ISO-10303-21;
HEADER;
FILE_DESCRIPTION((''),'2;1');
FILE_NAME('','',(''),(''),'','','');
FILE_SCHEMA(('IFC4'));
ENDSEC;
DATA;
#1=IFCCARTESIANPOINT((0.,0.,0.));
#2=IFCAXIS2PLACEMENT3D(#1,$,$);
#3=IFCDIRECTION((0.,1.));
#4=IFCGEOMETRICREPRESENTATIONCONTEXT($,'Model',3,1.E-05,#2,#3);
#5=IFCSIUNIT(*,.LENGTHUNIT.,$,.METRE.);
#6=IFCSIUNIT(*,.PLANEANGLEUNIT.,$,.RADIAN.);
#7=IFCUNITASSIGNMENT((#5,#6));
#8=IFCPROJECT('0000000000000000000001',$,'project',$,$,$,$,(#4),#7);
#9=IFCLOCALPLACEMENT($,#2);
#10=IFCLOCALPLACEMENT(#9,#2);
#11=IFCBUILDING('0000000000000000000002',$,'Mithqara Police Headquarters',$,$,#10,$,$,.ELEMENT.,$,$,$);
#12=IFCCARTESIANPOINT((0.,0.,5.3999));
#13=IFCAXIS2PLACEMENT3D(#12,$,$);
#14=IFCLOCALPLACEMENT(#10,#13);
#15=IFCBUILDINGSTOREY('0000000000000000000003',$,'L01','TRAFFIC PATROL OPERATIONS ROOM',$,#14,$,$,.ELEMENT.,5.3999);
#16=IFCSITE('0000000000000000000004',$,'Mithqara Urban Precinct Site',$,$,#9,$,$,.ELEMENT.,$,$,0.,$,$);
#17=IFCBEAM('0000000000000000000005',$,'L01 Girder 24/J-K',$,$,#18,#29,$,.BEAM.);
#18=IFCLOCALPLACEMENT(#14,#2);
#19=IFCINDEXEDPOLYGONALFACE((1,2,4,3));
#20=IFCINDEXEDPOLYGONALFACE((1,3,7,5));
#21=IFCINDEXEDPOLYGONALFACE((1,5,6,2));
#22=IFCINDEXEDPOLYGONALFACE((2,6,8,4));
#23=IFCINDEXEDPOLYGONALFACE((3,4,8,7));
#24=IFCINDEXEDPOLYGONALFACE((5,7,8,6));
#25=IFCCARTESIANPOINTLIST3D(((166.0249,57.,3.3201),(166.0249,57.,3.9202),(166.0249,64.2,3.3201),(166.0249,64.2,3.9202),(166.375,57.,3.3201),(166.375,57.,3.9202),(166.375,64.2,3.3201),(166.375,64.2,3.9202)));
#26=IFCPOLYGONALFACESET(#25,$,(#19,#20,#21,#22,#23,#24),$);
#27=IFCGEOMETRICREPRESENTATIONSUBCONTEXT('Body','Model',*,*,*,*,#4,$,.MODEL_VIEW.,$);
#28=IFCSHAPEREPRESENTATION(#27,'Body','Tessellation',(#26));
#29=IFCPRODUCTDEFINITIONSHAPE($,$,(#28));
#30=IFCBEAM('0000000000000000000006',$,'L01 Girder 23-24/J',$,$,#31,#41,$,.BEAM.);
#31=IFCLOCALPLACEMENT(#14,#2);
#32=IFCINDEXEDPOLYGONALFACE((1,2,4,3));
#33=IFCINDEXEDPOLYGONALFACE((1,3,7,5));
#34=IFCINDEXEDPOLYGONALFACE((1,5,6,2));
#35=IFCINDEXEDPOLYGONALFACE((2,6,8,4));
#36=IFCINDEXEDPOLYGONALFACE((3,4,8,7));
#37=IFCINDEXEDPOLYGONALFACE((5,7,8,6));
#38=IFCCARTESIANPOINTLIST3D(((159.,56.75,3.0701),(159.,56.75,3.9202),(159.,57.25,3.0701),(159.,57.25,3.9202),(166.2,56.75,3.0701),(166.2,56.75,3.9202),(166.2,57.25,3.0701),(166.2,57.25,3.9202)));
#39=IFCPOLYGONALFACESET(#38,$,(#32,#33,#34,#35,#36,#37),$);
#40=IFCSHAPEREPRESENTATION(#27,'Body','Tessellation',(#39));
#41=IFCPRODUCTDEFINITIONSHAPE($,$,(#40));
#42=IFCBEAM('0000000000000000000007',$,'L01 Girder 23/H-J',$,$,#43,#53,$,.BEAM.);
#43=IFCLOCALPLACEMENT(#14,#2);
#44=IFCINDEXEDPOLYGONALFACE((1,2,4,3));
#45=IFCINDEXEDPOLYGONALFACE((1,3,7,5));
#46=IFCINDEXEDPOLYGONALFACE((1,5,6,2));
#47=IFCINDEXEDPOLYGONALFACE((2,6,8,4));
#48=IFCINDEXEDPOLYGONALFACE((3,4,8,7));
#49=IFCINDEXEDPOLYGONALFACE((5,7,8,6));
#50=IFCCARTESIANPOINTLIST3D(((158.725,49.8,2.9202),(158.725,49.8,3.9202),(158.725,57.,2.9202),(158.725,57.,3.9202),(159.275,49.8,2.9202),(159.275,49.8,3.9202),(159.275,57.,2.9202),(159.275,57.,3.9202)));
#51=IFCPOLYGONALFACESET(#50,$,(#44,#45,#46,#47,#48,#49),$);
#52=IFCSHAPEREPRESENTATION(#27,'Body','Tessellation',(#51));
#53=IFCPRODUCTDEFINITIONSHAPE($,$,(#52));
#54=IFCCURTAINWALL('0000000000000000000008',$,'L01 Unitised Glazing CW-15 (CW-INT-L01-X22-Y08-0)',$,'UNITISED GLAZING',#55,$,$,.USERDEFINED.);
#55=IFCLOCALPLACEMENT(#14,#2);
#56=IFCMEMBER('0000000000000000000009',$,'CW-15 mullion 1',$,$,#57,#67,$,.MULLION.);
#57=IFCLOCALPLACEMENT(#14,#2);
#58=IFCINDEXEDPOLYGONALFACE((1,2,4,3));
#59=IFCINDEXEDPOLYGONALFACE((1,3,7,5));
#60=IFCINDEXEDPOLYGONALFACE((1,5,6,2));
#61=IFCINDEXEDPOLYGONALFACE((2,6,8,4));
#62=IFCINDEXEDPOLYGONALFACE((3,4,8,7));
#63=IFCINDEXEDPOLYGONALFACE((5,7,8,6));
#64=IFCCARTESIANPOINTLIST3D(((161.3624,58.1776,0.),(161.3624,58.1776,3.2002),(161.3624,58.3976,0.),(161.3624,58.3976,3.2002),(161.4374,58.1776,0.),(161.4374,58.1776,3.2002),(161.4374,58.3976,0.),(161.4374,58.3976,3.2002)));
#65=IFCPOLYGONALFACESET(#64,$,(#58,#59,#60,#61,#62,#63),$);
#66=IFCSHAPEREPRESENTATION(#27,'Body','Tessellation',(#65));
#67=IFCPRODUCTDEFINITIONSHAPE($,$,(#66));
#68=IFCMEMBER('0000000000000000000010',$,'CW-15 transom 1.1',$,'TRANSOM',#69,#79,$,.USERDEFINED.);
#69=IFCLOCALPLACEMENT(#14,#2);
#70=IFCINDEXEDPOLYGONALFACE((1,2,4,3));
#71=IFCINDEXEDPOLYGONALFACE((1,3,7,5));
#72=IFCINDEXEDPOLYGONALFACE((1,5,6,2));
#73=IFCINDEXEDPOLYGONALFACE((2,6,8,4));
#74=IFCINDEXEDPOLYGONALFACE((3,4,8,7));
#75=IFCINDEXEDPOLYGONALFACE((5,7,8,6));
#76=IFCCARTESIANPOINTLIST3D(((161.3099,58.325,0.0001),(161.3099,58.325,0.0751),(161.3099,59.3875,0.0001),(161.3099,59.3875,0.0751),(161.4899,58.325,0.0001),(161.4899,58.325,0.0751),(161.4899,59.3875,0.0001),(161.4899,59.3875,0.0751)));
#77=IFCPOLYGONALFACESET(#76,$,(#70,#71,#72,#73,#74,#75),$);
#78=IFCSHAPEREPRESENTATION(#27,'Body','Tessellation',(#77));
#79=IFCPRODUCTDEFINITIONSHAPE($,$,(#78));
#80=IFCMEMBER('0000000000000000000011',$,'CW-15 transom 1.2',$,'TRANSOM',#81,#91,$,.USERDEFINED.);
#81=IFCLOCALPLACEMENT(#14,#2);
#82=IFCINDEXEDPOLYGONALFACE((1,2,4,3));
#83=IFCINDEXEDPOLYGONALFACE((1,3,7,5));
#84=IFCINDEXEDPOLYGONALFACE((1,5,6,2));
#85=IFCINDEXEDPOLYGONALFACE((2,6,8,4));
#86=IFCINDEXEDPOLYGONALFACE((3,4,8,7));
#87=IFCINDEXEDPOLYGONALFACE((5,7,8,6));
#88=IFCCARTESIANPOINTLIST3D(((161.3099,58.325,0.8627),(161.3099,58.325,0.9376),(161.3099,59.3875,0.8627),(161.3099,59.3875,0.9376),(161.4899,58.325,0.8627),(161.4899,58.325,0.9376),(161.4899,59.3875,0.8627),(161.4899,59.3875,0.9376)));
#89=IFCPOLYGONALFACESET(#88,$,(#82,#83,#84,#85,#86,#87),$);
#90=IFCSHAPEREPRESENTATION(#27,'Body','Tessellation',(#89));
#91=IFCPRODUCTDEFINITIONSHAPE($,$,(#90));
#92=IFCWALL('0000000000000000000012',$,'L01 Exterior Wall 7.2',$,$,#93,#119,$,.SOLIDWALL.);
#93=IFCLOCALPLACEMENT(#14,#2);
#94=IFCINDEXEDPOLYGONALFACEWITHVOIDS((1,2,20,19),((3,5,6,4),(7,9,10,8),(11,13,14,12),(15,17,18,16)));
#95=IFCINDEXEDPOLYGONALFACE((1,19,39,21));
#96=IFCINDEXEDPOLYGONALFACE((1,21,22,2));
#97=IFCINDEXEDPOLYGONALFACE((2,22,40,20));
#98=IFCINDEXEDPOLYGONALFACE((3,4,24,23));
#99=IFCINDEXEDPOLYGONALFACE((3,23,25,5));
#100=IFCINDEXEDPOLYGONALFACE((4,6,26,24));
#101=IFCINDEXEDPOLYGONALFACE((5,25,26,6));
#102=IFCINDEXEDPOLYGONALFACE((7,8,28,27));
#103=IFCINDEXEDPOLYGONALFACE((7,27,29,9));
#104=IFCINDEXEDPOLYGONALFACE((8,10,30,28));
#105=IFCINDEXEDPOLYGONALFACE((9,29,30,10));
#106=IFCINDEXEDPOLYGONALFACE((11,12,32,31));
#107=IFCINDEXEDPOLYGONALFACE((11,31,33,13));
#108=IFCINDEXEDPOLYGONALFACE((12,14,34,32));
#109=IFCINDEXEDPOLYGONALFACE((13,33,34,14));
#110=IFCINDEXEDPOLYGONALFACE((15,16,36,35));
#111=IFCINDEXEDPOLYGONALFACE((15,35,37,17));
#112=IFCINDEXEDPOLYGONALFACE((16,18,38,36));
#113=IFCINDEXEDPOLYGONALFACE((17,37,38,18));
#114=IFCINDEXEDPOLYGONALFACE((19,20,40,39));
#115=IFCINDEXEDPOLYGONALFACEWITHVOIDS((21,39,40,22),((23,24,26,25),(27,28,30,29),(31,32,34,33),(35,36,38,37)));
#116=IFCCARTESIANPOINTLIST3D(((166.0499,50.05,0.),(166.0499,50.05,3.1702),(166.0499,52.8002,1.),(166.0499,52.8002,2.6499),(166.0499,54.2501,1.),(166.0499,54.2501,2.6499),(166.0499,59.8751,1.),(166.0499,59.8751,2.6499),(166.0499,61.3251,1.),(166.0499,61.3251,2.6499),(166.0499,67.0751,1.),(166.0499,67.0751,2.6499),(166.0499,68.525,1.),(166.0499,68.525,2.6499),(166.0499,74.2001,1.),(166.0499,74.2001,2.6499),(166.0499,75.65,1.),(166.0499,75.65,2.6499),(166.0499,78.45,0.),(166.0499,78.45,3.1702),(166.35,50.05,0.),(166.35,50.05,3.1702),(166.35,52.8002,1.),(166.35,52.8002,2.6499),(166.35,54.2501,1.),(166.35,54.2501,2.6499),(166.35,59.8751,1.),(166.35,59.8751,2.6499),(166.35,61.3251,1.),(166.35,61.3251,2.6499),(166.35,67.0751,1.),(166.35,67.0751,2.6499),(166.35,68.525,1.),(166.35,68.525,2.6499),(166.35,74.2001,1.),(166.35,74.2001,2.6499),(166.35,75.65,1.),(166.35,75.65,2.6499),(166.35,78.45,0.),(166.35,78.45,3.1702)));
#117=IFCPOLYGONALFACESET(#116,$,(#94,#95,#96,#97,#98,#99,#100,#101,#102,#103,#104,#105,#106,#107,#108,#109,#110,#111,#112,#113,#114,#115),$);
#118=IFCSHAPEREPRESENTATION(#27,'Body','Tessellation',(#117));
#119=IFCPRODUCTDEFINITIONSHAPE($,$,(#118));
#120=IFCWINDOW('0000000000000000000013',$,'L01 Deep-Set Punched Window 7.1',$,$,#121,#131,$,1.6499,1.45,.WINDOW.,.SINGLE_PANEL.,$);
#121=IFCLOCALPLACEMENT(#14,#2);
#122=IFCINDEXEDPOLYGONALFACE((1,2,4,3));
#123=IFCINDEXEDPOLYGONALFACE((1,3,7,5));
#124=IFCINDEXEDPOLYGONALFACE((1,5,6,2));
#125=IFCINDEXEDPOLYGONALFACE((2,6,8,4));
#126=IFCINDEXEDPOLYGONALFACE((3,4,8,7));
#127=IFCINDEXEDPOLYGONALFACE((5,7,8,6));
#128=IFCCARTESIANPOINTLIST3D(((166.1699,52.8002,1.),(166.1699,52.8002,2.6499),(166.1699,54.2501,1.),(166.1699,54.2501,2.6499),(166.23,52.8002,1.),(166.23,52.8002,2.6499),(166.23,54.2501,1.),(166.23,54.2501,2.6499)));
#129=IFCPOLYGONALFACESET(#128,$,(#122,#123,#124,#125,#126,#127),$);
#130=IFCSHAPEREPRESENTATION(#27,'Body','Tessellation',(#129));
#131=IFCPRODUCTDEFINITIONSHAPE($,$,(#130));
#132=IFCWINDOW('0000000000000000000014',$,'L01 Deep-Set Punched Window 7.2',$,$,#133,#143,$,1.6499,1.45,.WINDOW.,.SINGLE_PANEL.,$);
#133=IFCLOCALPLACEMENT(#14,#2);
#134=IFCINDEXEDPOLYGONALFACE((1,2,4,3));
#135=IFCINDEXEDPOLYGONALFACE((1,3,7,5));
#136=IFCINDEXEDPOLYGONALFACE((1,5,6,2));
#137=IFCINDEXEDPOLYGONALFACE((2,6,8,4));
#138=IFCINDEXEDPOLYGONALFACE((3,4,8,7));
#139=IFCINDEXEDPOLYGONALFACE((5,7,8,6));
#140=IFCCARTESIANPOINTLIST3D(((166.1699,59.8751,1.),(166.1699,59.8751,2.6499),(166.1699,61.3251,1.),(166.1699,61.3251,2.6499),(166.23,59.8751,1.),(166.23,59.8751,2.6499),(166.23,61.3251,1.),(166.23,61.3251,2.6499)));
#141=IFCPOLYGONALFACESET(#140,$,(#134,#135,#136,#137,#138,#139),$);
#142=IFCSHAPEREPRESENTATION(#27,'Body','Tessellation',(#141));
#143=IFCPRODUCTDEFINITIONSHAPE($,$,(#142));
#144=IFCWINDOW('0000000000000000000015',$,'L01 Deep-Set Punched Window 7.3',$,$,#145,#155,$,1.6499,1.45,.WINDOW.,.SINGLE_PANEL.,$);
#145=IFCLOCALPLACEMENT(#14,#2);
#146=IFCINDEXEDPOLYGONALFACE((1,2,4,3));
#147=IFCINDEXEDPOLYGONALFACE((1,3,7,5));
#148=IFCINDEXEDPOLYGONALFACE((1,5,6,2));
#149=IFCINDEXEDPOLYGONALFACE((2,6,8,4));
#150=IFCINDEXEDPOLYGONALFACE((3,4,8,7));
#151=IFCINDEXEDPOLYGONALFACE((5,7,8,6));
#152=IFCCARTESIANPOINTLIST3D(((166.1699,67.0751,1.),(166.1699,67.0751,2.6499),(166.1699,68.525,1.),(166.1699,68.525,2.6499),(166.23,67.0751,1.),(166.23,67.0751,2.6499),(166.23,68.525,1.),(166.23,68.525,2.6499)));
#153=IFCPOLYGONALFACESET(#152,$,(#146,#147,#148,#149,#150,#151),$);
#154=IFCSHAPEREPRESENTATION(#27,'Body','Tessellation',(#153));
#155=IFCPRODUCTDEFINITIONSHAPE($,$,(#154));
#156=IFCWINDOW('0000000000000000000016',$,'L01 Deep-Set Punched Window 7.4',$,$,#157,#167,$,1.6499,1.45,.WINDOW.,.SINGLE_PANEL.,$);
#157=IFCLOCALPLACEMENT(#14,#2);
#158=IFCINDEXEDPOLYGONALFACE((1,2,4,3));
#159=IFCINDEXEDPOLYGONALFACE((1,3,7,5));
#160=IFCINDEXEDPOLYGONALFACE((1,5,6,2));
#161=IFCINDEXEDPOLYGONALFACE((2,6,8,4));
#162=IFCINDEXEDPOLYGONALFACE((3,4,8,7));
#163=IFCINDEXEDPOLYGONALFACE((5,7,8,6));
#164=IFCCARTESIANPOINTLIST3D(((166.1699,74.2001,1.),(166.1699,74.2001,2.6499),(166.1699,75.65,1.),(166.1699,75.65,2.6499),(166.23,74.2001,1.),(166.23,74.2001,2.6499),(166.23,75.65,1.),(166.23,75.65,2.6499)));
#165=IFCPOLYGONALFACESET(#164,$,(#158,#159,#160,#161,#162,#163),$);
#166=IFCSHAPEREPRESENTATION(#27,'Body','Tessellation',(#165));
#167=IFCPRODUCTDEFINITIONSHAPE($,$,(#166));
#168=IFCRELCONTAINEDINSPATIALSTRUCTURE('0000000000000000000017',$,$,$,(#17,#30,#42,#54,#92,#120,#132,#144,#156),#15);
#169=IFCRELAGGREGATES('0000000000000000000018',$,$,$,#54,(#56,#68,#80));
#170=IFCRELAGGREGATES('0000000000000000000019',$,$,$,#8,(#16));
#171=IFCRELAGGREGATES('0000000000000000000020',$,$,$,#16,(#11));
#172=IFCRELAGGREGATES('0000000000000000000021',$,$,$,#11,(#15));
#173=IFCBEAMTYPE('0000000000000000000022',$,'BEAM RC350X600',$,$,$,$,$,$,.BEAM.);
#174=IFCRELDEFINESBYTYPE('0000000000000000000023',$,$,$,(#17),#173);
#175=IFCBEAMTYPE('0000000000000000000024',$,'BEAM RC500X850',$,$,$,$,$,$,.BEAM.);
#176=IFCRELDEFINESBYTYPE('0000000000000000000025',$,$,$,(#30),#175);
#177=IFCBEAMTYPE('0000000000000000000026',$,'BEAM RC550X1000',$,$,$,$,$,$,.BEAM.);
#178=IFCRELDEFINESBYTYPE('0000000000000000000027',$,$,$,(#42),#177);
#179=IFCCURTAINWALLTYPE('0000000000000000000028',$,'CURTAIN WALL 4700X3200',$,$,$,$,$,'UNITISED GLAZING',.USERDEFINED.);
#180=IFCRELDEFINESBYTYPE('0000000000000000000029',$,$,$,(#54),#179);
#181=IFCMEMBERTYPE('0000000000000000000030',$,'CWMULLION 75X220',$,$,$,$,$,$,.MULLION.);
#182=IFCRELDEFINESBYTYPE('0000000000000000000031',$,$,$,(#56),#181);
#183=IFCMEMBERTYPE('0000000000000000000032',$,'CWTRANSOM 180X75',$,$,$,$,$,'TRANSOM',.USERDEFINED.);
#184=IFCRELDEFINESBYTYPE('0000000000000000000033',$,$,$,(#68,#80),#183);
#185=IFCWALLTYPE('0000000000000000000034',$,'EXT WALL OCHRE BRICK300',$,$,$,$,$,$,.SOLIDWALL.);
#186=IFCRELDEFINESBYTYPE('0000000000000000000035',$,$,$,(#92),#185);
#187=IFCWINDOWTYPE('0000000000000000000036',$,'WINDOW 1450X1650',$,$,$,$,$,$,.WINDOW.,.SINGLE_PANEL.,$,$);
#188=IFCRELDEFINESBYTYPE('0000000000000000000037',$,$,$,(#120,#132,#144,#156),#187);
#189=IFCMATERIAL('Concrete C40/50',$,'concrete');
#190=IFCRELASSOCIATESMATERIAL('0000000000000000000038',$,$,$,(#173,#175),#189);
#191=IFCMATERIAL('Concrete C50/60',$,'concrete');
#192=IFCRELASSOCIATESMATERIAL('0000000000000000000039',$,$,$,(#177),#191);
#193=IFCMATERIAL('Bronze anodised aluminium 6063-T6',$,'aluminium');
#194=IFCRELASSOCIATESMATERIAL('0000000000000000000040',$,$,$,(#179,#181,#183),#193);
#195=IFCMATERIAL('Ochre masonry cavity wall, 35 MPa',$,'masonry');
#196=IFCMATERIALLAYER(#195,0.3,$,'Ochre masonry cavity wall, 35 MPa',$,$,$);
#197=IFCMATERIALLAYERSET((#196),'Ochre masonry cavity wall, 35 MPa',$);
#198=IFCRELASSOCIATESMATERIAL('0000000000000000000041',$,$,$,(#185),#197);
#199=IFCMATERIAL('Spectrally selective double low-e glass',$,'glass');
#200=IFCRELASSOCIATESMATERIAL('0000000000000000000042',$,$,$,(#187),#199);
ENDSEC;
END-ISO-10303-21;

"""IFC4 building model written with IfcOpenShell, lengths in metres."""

from ifc_helpers import new_model, si_unit, direction, frame, frame_2d, origin, origin_2d, place, context, subcontext, project, spatial, rectangle, extrude, material, layer, layer_set, material_profile, profile_set, type_object, element, fill, aggregate, save


model = new_model("IFC4")

# Units and contexts
model_context = context("Model", 3, precision=1e-05, world=origin(), true_north=direction((0.0, 1.0)))
body_context = subcontext(model_context, "Body", "Model", "MODEL_VIEW")
ifc_project = project(units=[si_unit("LENGTHUNIT", "METRE"), si_unit("PLANEANGLEUNIT", "RADIAN")], contexts=[model_context])

# Site, building, storey
site_placement = place(None, origin())
site = spatial("IfcSite", under=ifc_project, at=site_placement, Name="Mithqara Urban Precinct Site", CompositionType="ELEMENT", RefElevation=0.0)
building_placement = place(site_placement, origin())
building = spatial("IfcBuilding", under=site, at=building_placement, Name="Mithqara Police Headquarters", CompositionType="ELEMENT")
storey_placement = place(building_placement, frame((0.0, 0.0, 5.3999)))
storey = spatial("IfcBuildingStorey", under=building, at=storey_placement, Name="L01", Description="TRAFFIC PATROL OPERATIONS ROOM", CompositionType="ELEMENT", Elevation=5.3999)

# Shared definitions
ifc_material_1 = material(Name="Concrete C50/60", Category="concrete")

# Beams
ifc_material_2 = material(Name="Concrete C40/50", Category="concrete")
ifc_material_profile_1 = material_profile(ifc_material_2, rectangle(XDim=0.3501, YDim=0.6001, at=origin_2d()), Name="RC 350x600")
ifc_profile_set_1 = profile_set([ifc_material_profile_1], Name="Concrete C40/50")
beam_type_1 = type_object("IfcBeamType", Name="BEAM RC350X600", PredefinedType="BEAM", material=ifc_profile_set_1)
beam_1_placement = place(storey_placement, frame((166.2, 57.0, 3.6201), z_axis=(0.0, 1.0, 0.0), x_axis=(-1.0, 0.0, 0.0)))
element("IfcBeam", 1, at=beam_1_placement, inside=storey, type_object=beam_type_1, Name="L01 Girder 24/J-K", PredefinedType="BEAM", context=body_context, shape_type="SweptSolid", body=[
    extrude(rectangle(XDim=0.3501, YDim=0.6001, at=origin_2d()), origin(), (0.0, 0.0, 1.0), 7.2),
])
ifc_material_profile_2 = material_profile(ifc_material_2, rectangle(XDim=0.5, YDim=0.8501, at=origin_2d()), Name="RC 500x850")
ifc_profile_set_2 = profile_set([ifc_material_profile_2], Name="Concrete C40/50")
beam_type_2 = type_object("IfcBeamType", Name="BEAM RC500X850", PredefinedType="BEAM", material=ifc_profile_set_2)
beam_2_placement = place(storey_placement, frame((159.0, 57.0, 3.4951), z_axis=(1.0, 0.0, 0.0), x_axis=(0.0, 1.0, 0.0)))
element("IfcBeam", 2, at=beam_2_placement, inside=storey, type_object=beam_type_2, Name="L01 Girder 23-24/J", PredefinedType="BEAM", context=body_context, shape_type="SweptSolid", body=[
    extrude(rectangle(XDim=0.5, YDim=0.8501, at=origin_2d()), origin(), (0.0, 0.0, 1.0), 7.2),
])
ifc_material_profile_3 = material_profile(ifc_material_1, rectangle(XDim=0.55, YDim=1.0, at=origin_2d()), Name="RC 550x1000")
ifc_profile_set_3 = profile_set([ifc_material_profile_3], Name="Concrete C50/60")
beam_type_3 = type_object("IfcBeamType", Name="BEAM RC550X1000", PredefinedType="BEAM", material=ifc_profile_set_3)
beam_3_placement = place(storey_placement, frame((159.0, 49.8, 3.4202), z_axis=(0.0, 1.0, 0.0), x_axis=(-1.0, 0.0, 0.0)))
element("IfcBeam", 3, at=beam_3_placement, inside=storey, type_object=beam_type_3, Name="L01 Girder 23/H-J", PredefinedType="BEAM", context=body_context, shape_type="SweptSolid", body=[
    extrude(rectangle(XDim=0.55, YDim=1.0, at=origin_2d()), origin(), (0.0, 0.0, 1.0), 7.2),
])

# Curtain wall, members
ifc_material_3 = material(Name="Bronze anodised aluminium 6063-T6", Category="aluminium")
curtain_wall_type = type_object("IfcCurtainWallType", Name="CURTAIN WALL 4700X3200", ElementType="UNITISED GLAZING", PredefinedType="USERDEFINED", material=ifc_material_3)
curtain_wall_placement = place(storey_placement, origin())
curtain_wall = element("IfcCurtainWall", 4, at=curtain_wall_placement, inside=storey, type_object=curtain_wall_type, Name="L01 Unitised Glazing CW-15 (CW-INT-L01-X22-Y08-0)", ObjectType="UNITISED GLAZING", PredefinedType="USERDEFINED")
ifc_material_profile_4 = material_profile(ifc_material_3, rectangle(XDim=0.075, YDim=0.22, at=origin_2d()), Name="CWM 75x220")
ifc_profile_set_4 = profile_set([ifc_material_profile_4], Name="Bronze anodised aluminium 6063-T6")
member_type_1 = type_object("IfcMemberType", Name="CWMULLION 75X220", PredefinedType="MULLION", material=ifc_profile_set_4)
member_1_placement = place(storey_placement, frame((161.3999, 58.2876, 0.0), z_axis=(0.0, 0.0, 1.0), x_axis=(-1.0, 0.0, 0.0)))
member_1 = element("IfcMember", 5, at=member_1_placement, type_object=member_type_1, Name="CW-15 mullion 1", PredefinedType="MULLION", context=body_context, shape_type="SweptSolid", body=[
    extrude(rectangle(XDim=0.075, YDim=0.22, at=origin_2d()), origin(), (0.0, 0.0, 1.0), 3.2002),
])
ifc_material_profile_5 = material_profile(ifc_material_3, rectangle(XDim=0.1799, YDim=0.075, at=origin_2d()), Name="CWT 180x75")
ifc_profile_set_5 = profile_set([ifc_material_profile_5], Name="Bronze anodised aluminium 6063-T6")
member_type_2 = type_object("IfcMemberType", Name="CWTRANSOM 180X75", ElementType="TRANSOM", PredefinedType="USERDEFINED", material=ifc_profile_set_5)
member_2_placement = place(storey_placement, frame((161.3999, 58.325, 0.0376), z_axis=(0.0, 1.0, 0.0), x_axis=(-1.0, 0.0, 0.0)))
member_2 = element("IfcMember", 6, at=member_2_placement, type_object=member_type_2, Name="CW-15 transom 1.1", ObjectType="TRANSOM", PredefinedType="USERDEFINED", context=body_context, shape_type="SweptSolid", body=[
    extrude(rectangle(XDim=0.1799, YDim=0.075, at=origin_2d()), origin(), (0.0, 0.0, 1.0), 1.0625),
])
member_3_placement = place(storey_placement, frame((161.3999, 58.325, 0.9001), z_axis=(0.0, 1.0, 0.0), x_axis=(-1.0, 0.0, 0.0)))
member_3 = element("IfcMember", 7, at=member_3_placement, type_object=member_type_2, Name="CW-15 transom 1.2", ObjectType="TRANSOM", PredefinedType="USERDEFINED", context=body_context, shape_type="SweptSolid", body=[
    extrude(rectangle(XDim=0.1799, YDim=0.075, at=origin_2d()), origin(), (0.0, 0.0, 1.0), 1.0625),
])
aggregate(curtain_wall, [member_1, member_2, member_3])

# Wall, openings, windows
ifc_material_4 = material(Name="Ochre masonry cavity wall, 35 MPa", Category="masonry")
ifc_layer_1 = layer(ifc_material_4, 0.3, Name="Ochre masonry cavity wall, 35 MPa")
ifc_layer_set_1 = layer_set([ifc_layer_1], Name="Ochre masonry cavity wall, 35 MPa")
wall_type_1 = type_object("IfcWallType", Name="EXT WALL OCHRE BRICK300", PredefinedType="SOLIDWALL", material=ifc_layer_set_1)
wall_1_placement = place(storey_placement, frame((166.2, 50.05, 0.0), z_axis=(0.0, 0.0, 1.0), x_axis=(0.0, 1.0, 0.0)))
wall_1 = element("IfcWall", 8, at=wall_1_placement, inside=storey, type_object=wall_type_1, Name="L01 Exterior Wall 7.2", PredefinedType="SOLIDWALL", context=body_context, shape_type="SweptSolid", body=[
    extrude(rectangle(XDim=28.3999, YDim=0.3, at=frame_2d((14.2, 0.0))), origin(), (0.0, 0.0, 1.0), 3.1702),
])
opening_1_placement = place(wall_1_placement, frame((2.75, 0.0, 1.0)))
opening_1 = element("IfcOpeningElement", 9, at=opening_1_placement, cuts=wall_1, PredefinedType="OPENING", context=body_context, shape_type="SweptSolid", body=[
    extrude(rectangle(XDim=1.45, YDim=1.6499, at=frame_2d((0.7251, 0.825))), frame((0.0, 0.1602, 0.0), z_axis=(0.0, -1.0, 0.0), x_axis=(1.0, 0.0, 0.0)), (0.0, 0.0, 1.0), 0.3201),
])
opening_2_placement = place(wall_1_placement, frame((9.825, 0.0, 1.0)))
opening_2 = element("IfcOpeningElement", 10, at=opening_2_placement, cuts=wall_1, PredefinedType="OPENING", context=body_context, shape_type="SweptSolid", body=[
    extrude(rectangle(XDim=1.45, YDim=1.6499, at=frame_2d((0.7251, 0.825))), frame((0.0, 0.1602, 0.0), z_axis=(0.0, -1.0, 0.0), x_axis=(1.0, 0.0, 0.0)), (0.0, 0.0, 1.0), 0.3201),
])
opening_3_placement = place(wall_1_placement, frame((17.0249, 0.0, 1.0)))
opening_3 = element("IfcOpeningElement", 11, at=opening_3_placement, cuts=wall_1, PredefinedType="OPENING", context=body_context, shape_type="SweptSolid", body=[
    extrude(rectangle(XDim=1.45, YDim=1.6499, at=frame_2d((0.7251, 0.825))), frame((0.0, 0.1602, 0.0), z_axis=(0.0, -1.0, 0.0), x_axis=(1.0, 0.0, 0.0)), (0.0, 0.0, 1.0), 0.3201),
])
opening_4_placement = place(wall_1_placement, frame((24.1499, 0.0, 1.0)))
opening_4 = element("IfcOpeningElement", 12, at=opening_4_placement, cuts=wall_1, PredefinedType="OPENING", context=body_context, shape_type="SweptSolid", body=[
    extrude(rectangle(XDim=1.45, YDim=1.6499, at=frame_2d((0.7251, 0.825))), frame((0.0, 0.1602, 0.0), z_axis=(0.0, -1.0, 0.0), x_axis=(1.0, 0.0, 0.0)), (0.0, 0.0, 1.0), 0.3201),
])
ifc_material_5 = material(Name="Spectrally selective double low-e glass", Category="glass")
window_type = type_object("IfcWindowType", Name="WINDOW 1450X1650", PartitioningType="SINGLE_PANEL", PredefinedType="WINDOW", material=ifc_material_5)
window_1_placement = place(opening_1_placement, origin())
window_1 = element("IfcWindow", 13, at=window_1_placement, inside=storey, type_object=window_type, Name="L01 Deep-Set Punched Window 7.1", OverallHeight=1.6499, OverallWidth=1.45, PartitioningType="SINGLE_PANEL", PredefinedType="WINDOW", context=body_context, shape_type="SweptSolid", body=[
    extrude(rectangle(XDim=1.45, YDim=1.6499, at=frame_2d((0.7251, 0.825))), frame((0.0, 0.03, 0.0), z_axis=(0.0, -1.0, 0.0), x_axis=(1.0, 0.0, 0.0)), (0.0, 0.0, 1.0), 0.0601),
])
fill(opening_1, window_1)
window_2_placement = place(opening_2_placement, origin())
window_2 = element("IfcWindow", 14, at=window_2_placement, inside=storey, type_object=window_type, Name="L01 Deep-Set Punched Window 7.2", OverallHeight=1.6499, OverallWidth=1.45, PartitioningType="SINGLE_PANEL", PredefinedType="WINDOW", context=body_context, shape_type="SweptSolid", body=[
    extrude(rectangle(XDim=1.45, YDim=1.6499, at=frame_2d((0.7251, 0.825))), frame((0.0, 0.03, 0.0), z_axis=(0.0, -1.0, 0.0), x_axis=(1.0, 0.0, 0.0)), (0.0, 0.0, 1.0), 0.0601),
])
fill(opening_2, window_2)
window_3_placement = place(opening_3_placement, origin())
window_3 = element("IfcWindow", 15, at=window_3_placement, inside=storey, type_object=window_type, Name="L01 Deep-Set Punched Window 7.3", OverallHeight=1.6499, OverallWidth=1.45, PartitioningType="SINGLE_PANEL", PredefinedType="WINDOW", context=body_context, shape_type="SweptSolid", body=[
    extrude(rectangle(XDim=1.45, YDim=1.6499, at=frame_2d((0.7251, 0.825))), frame((0.0, 0.03, 0.0), z_axis=(0.0, -1.0, 0.0), x_axis=(1.0, 0.0, 0.0)), (0.0, 0.0, 1.0), 0.0601),
])
fill(opening_3, window_3)
window_4_placement = place(opening_4_placement, origin())
window_4 = element("IfcWindow", 16, at=window_4_placement, inside=storey, type_object=window_type, Name="L01 Deep-Set Punched Window 7.4", OverallHeight=1.6499, OverallWidth=1.45, PartitioningType="SINGLE_PANEL", PredefinedType="WINDOW", context=body_context, shape_type="SweptSolid", body=[
    extrude(rectangle(XDim=1.45, YDim=1.6499, at=frame_2d((0.7251, 0.825))), frame((0.0, 0.03, 0.0), z_axis=(0.0, -1.0, 0.0), x_axis=(1.0, 0.0, 0.0)), (0.0, 0.0, 1.0), 0.0601),
])
fill(opening_4, window_4)

save(model, "model.ifc")
